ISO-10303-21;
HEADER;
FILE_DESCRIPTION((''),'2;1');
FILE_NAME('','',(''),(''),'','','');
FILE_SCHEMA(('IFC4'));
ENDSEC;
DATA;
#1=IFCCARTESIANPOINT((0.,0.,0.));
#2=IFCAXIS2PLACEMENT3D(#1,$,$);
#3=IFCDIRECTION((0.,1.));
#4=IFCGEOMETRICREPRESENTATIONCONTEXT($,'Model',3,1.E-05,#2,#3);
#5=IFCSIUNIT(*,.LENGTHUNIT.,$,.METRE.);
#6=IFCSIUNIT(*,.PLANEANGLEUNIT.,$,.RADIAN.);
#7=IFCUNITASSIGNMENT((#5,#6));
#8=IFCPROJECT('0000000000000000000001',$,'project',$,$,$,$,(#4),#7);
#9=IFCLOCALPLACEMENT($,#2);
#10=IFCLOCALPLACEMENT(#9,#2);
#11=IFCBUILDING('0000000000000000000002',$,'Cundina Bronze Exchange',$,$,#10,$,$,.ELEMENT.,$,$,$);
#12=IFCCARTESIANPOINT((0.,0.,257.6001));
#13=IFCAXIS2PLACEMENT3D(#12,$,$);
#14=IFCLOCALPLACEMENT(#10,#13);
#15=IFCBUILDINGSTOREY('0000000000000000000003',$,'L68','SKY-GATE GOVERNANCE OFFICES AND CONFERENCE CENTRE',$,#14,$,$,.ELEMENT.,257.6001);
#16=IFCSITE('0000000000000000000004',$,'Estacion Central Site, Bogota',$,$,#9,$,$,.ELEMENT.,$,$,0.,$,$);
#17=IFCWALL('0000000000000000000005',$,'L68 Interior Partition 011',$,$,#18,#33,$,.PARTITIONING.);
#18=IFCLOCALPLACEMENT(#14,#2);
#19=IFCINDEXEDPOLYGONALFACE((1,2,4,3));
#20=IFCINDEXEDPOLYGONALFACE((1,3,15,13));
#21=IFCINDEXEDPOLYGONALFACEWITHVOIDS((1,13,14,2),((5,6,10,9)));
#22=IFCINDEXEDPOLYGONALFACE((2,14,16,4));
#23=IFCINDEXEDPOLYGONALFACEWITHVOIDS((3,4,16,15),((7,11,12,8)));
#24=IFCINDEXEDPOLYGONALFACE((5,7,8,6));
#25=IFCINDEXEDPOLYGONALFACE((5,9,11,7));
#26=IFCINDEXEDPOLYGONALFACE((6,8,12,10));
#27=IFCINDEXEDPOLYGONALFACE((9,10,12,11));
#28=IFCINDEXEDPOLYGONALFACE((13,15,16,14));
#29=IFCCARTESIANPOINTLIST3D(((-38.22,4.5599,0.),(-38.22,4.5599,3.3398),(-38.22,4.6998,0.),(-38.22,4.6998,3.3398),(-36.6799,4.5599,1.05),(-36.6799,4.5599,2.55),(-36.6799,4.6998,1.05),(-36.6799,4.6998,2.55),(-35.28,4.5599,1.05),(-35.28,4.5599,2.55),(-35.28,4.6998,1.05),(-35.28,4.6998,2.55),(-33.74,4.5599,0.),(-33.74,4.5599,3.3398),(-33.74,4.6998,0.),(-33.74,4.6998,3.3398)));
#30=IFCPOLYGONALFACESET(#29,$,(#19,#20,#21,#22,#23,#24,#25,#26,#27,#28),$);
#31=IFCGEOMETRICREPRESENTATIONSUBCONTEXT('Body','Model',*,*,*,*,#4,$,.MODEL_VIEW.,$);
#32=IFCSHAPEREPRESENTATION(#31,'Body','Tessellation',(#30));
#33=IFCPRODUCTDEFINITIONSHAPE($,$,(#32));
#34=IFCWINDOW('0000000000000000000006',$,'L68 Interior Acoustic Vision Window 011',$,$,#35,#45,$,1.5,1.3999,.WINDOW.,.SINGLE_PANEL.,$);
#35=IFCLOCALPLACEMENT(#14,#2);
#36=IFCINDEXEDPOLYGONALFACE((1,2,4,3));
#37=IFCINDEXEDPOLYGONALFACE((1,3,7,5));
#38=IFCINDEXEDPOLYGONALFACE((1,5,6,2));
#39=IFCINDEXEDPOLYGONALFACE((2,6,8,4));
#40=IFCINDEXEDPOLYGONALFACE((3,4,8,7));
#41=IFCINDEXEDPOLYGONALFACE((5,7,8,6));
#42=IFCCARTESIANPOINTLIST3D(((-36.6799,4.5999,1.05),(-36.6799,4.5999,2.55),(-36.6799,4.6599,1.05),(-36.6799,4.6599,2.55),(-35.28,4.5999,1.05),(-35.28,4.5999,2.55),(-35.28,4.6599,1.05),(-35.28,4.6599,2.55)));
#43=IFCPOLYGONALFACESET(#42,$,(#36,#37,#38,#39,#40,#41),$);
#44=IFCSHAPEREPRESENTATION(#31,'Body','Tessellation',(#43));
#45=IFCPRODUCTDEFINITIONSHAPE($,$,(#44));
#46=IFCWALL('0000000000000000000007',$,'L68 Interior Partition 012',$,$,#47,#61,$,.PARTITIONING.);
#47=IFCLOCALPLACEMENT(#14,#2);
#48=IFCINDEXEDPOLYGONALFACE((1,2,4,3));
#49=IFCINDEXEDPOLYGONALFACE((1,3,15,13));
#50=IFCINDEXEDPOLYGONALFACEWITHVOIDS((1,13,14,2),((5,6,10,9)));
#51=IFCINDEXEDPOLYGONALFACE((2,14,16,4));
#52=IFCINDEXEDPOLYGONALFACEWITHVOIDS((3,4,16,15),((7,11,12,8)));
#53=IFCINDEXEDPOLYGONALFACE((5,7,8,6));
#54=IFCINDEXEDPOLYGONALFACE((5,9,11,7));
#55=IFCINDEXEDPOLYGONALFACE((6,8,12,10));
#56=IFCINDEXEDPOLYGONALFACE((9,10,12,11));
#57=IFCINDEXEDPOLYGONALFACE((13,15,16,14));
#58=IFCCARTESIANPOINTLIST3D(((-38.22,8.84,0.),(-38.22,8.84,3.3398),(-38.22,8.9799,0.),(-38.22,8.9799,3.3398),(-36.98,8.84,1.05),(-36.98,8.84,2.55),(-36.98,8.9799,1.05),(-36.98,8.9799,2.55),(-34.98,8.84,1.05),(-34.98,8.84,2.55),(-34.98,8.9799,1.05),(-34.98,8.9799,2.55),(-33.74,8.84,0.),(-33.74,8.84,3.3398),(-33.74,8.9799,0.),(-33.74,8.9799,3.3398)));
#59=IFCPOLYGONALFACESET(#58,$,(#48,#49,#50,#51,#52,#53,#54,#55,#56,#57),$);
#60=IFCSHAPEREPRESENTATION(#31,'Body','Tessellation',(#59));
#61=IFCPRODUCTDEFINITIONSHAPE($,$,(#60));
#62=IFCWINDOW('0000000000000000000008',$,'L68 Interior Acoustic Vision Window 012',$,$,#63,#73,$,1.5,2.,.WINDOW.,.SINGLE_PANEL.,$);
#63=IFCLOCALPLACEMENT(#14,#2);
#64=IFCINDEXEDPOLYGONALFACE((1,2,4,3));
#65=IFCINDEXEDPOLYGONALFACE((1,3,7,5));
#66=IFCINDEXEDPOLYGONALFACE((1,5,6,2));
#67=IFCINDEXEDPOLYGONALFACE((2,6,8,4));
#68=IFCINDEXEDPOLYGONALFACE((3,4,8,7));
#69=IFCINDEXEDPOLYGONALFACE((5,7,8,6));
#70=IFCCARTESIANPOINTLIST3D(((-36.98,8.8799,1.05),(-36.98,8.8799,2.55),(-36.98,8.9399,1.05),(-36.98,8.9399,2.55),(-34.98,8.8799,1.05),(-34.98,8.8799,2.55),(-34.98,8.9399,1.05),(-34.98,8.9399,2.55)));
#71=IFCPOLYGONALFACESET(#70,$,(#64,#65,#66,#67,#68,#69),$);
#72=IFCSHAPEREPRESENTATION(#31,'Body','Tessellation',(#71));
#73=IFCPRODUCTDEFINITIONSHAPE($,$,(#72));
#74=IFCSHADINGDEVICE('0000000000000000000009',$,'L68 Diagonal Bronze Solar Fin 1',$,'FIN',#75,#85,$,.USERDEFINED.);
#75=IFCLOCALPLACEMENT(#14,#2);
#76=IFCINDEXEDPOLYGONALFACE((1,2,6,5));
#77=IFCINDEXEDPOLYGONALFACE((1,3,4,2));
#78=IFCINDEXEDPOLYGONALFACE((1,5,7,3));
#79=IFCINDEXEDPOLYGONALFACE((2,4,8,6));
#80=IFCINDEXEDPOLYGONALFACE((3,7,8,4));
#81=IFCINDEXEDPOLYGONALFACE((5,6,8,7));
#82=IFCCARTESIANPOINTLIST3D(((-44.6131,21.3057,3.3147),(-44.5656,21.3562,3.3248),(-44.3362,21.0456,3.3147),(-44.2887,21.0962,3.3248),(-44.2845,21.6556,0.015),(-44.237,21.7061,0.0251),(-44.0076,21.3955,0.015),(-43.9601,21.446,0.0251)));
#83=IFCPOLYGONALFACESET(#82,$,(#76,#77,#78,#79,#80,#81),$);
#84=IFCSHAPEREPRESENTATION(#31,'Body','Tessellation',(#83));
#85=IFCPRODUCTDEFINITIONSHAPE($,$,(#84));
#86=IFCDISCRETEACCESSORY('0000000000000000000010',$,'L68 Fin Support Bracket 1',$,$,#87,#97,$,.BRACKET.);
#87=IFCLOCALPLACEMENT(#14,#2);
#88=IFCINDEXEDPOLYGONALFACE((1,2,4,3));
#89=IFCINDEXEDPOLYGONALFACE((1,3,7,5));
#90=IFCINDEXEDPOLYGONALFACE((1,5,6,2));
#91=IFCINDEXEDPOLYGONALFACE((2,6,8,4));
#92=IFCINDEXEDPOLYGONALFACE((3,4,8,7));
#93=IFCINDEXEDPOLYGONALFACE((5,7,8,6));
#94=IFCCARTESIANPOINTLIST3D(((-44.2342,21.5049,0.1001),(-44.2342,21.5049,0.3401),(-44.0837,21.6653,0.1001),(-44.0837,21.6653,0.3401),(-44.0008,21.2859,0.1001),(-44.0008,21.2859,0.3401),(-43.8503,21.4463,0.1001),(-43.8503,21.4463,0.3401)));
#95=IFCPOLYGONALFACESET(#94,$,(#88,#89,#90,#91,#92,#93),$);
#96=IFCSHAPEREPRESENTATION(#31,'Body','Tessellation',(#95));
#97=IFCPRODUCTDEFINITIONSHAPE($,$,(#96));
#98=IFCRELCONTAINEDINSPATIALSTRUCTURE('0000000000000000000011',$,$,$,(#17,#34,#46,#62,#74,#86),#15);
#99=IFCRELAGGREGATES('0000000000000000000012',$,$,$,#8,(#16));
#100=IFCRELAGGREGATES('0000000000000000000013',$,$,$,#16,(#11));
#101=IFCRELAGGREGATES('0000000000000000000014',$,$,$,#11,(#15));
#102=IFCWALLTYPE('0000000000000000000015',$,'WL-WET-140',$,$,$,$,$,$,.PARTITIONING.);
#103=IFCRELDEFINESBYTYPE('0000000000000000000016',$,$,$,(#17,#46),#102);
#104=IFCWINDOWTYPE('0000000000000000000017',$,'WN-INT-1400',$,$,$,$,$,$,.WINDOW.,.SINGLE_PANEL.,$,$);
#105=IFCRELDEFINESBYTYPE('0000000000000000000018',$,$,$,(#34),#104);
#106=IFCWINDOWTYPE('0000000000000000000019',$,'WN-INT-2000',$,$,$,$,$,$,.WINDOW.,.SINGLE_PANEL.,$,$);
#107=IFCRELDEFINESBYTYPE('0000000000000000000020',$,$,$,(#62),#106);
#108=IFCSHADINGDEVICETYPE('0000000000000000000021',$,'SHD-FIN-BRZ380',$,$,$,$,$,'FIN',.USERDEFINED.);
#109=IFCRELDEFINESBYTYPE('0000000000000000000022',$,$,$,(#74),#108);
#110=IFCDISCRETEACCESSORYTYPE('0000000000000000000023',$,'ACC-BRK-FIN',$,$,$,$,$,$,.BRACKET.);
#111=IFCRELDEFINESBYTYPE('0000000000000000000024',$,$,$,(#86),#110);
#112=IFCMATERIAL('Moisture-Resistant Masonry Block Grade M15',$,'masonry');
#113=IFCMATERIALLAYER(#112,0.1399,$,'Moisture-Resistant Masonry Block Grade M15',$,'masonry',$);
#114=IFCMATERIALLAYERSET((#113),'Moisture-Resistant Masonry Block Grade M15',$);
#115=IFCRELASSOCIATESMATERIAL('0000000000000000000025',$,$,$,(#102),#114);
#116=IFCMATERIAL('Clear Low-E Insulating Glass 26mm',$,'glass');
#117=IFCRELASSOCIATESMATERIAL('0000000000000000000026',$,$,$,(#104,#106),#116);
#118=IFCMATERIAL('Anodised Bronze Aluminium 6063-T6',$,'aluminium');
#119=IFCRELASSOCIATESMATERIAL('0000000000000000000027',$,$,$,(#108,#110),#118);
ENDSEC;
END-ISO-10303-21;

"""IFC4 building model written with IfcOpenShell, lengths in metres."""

from ifc_helpers import new_model, si_unit, direction, frame, frame_2d, origin, origin_2d, place, context, subcontext, project, spatial, rectangle, extrude, material, layer, layer_set, material_profile, profile_set, type_object, element, fill, save


model = new_model("IFC4")

# Units and contexts
model_context = context("Model", 3, precision=1e-05, world=origin(), true_north=direction((0.0, 1.0)))
body_context = subcontext(model_context, "Body", "Model", "MODEL_VIEW")
ifc_project = project(units=[si_unit("LENGTHUNIT", "METRE"), si_unit("PLANEANGLEUNIT", "RADIAN")], contexts=[model_context])

# Site, building, storey
site_placement = place(None, origin())
site = spatial("IfcSite", under=ifc_project, at=site_placement, Name="Estacion Central Site, Bogota", CompositionType="ELEMENT", RefElevation=0.0)
building_placement = place(site_placement, origin())
building = spatial("IfcBuilding", under=site, at=building_placement, Name="Cundina Bronze Exchange", CompositionType="ELEMENT")
storey_placement = place(building_placement, frame((0.0, 0.0, 257.6001)))
storey = spatial("IfcBuildingStorey", under=building, at=storey_placement, Name="L68", Description="SKY-GATE GOVERNANCE OFFICES AND CONFERENCE CENTRE", CompositionType="ELEMENT", Elevation=257.6001)

# Shared definitions
ifc_material_1 = material(Name="Anodised Bronze Aluminium 6063-T6", Category="aluminium")

# Shared definitions
ifc_material_2 = material(Name="Moisture-Resistant Masonry Block Grade M15", Category="masonry")
ifc_layer_1 = layer(ifc_material_2, 0.1399, Name="Moisture-Resistant Masonry Block Grade M15", Category="masonry")
ifc_layer_set_1 = layer_set([ifc_layer_1], Name="Moisture-Resistant Masonry Block Grade M15")
wall_type_1 = type_object("IfcWallType", Name="WL-WET-140", PredefinedType="PARTITIONING", material=ifc_layer_set_1)

# Walls, openings, windows
wall_1_placement = place(storey_placement, frame((-38.22, 4.6299, 0.0), z_axis=(0.0, 0.0, 1.0), x_axis=(1.0, 0.0, 0.0)))
wall_1 = element("IfcWall", 1, at=wall_1_placement, inside=storey, type_object=wall_type_1, Name="L68 Interior Partition 011", PredefinedType="PARTITIONING", context=body_context, shape_type="SweptSolid", body=[
    extrude(rectangle(XDim=4.48, YDim=0.1399, at=frame_2d((2.24, 0.0))), origin(), (0.0, 0.0, 1.0), 3.3398),
])
opening_1_placement = place(wall_1_placement, frame((1.54, 0.0, 1.05)))
opening_1 = element("IfcOpeningElement", 2, at=opening_1_placement, cuts=wall_1, PredefinedType="OPENING", context=body_context, shape_type="SweptSolid", body=[
    extrude(rectangle(XDim=1.3999, YDim=1.5, at=frame_2d((0.7, 0.75))), frame((0.0, 0.0798, 0.0), z_axis=(0.0, -1.0, 0.0), x_axis=(1.0, 0.0, 0.0)), (0.0, 0.0, 1.0), 0.1599),
])
ifc_material_3 = material(Name="Clear Low-E Insulating Glass 26mm", Category="glass")
window_type_1 = type_object("IfcWindowType", Name="WN-INT-1400", PartitioningType="SINGLE_PANEL", PredefinedType="WINDOW", material=ifc_material_3)
window_1_placement = place(opening_1_placement, origin())
window_1 = element("IfcWindow", 3, at=window_1_placement, inside=storey, type_object=window_type_1, Name="L68 Interior Acoustic Vision Window 011", OverallHeight=1.5, OverallWidth=1.3999, PartitioningType="SINGLE_PANEL", PredefinedType="WINDOW", context=body_context, shape_type="SweptSolid", body=[
    extrude(rectangle(XDim=1.3999, YDim=1.5, at=frame_2d((0.7, 0.75))), frame((0.0, 0.03, 0.0), z_axis=(0.0, -1.0, 0.0), x_axis=(1.0, 0.0, 0.0)), (0.0, 0.0, 1.0), 0.0601),
])
fill(opening_1, window_1)
wall_2_placement = place(storey_placement, frame((-38.22, 8.9099, 0.0), z_axis=(0.0, 0.0, 1.0), x_axis=(1.0, 0.0, 0.0)))
wall_2 = element("IfcWall", 4, at=wall_2_placement, inside=storey, type_object=wall_type_1, Name="L68 Interior Partition 012", PredefinedType="PARTITIONING", context=body_context, shape_type="SweptSolid", body=[
    extrude(rectangle(XDim=4.48, YDim=0.1399, at=frame_2d((2.24, 0.0))), origin(), (0.0, 0.0, 1.0), 3.3398),
])
opening_2_placement = place(wall_2_placement, frame((1.24, 0.0, 1.05)))
opening_2 = element("IfcOpeningElement", 5, at=opening_2_placement, cuts=wall_2, PredefinedType="OPENING", context=body_context, shape_type="SweptSolid", body=[
    extrude(rectangle(XDim=2.0, YDim=1.5, at=frame_2d((1.0, 0.75))), frame((0.0, 0.0798, 0.0), z_axis=(0.0, -1.0, 0.0), x_axis=(1.0, 0.0, 0.0)), (0.0, 0.0, 1.0), 0.1599),
])
window_type_2 = type_object("IfcWindowType", Name="WN-INT-2000", PartitioningType="SINGLE_PANEL", PredefinedType="WINDOW", material=ifc_material_3)
window_2_placement = place(opening_2_placement, origin())
window_2 = element("IfcWindow", 6, at=window_2_placement, inside=storey, type_object=window_type_2, Name="L68 Interior Acoustic Vision Window 012", OverallHeight=1.5, OverallWidth=2.0, PartitioningType="SINGLE_PANEL", PredefinedType="WINDOW", context=body_context, shape_type="SweptSolid", body=[
    extrude(rectangle(XDim=2.0, YDim=1.5, at=frame_2d((1.0, 0.75))), frame((0.0, 0.03, 0.0), z_axis=(0.0, -1.0, 0.0), x_axis=(1.0, 0.0, 0.0)), (0.0, 0.0, 1.0), 0.0601),
])
fill(opening_2, window_2)

# Shading device
ifc_material_profile_1 = material_profile(ifc_material_1, rectangle(XDim=0.0701, YDim=0.3799, at=origin_2d()), Name="FIN70X380", Category="aluminium")
ifc_profile_set_1 = profile_set([ifc_material_profile_1], Name="Anodised Bronze Aluminium 6063-T6")
shading_device_type = type_object("IfcShadingDeviceType", Name="SHD-FIN-BRZ380", ElementType="FIN", PredefinedType="USERDEFINED", material=ifc_profile_set_1)
shading_device_placement = place(storey_placement, frame((-44.1223, 21.5508, 0.02), z_axis=(-0.098549, -0.104918, 0.989586), x_axis=(0.677505, 0.721296, 0.143943)))
element("IfcShadingDevice", 7, at=shading_device_placement, inside=storey, type_object=shading_device_type, Name="L68 Diagonal Bronze Solar Fin 1", ObjectType="FIN", PredefinedType="USERDEFINED", context=body_context, shape_type="SweptSolid", body=[
    extrude(rectangle(XDim=0.0701, YDim=0.3799, at=origin_2d()), origin(), (0.0, 0.0, 1.0), 3.3345),
])

# Discrete accessory
discrete_accessory_type = type_object("IfcDiscreteAccessoryType", Name="ACC-BRK-FIN", PredefinedType="BRACKET", material=ifc_material_1)
discrete_accessory_placement = place(storey_placement, frame((-44.0422, 21.4756, 0.1001), z_axis=(0.0, 0.0, 1.0), x_axis=(-0.684344, -0.72916, 0.0)))
element("IfcDiscreteAccessory", 8, at=discrete_accessory_placement, inside=storey, type_object=discrete_accessory_type, Name="L68 Fin Support Bracket 1", PredefinedType="BRACKET", context=body_context, shape_type="SweptSolid", body=[
    extrude(rectangle(XDim=0.22, YDim=0.3201, at=origin_2d()), origin(), (0.0, 0.0, 1.0), 0.24),
])

save(model, "model.ifc")
